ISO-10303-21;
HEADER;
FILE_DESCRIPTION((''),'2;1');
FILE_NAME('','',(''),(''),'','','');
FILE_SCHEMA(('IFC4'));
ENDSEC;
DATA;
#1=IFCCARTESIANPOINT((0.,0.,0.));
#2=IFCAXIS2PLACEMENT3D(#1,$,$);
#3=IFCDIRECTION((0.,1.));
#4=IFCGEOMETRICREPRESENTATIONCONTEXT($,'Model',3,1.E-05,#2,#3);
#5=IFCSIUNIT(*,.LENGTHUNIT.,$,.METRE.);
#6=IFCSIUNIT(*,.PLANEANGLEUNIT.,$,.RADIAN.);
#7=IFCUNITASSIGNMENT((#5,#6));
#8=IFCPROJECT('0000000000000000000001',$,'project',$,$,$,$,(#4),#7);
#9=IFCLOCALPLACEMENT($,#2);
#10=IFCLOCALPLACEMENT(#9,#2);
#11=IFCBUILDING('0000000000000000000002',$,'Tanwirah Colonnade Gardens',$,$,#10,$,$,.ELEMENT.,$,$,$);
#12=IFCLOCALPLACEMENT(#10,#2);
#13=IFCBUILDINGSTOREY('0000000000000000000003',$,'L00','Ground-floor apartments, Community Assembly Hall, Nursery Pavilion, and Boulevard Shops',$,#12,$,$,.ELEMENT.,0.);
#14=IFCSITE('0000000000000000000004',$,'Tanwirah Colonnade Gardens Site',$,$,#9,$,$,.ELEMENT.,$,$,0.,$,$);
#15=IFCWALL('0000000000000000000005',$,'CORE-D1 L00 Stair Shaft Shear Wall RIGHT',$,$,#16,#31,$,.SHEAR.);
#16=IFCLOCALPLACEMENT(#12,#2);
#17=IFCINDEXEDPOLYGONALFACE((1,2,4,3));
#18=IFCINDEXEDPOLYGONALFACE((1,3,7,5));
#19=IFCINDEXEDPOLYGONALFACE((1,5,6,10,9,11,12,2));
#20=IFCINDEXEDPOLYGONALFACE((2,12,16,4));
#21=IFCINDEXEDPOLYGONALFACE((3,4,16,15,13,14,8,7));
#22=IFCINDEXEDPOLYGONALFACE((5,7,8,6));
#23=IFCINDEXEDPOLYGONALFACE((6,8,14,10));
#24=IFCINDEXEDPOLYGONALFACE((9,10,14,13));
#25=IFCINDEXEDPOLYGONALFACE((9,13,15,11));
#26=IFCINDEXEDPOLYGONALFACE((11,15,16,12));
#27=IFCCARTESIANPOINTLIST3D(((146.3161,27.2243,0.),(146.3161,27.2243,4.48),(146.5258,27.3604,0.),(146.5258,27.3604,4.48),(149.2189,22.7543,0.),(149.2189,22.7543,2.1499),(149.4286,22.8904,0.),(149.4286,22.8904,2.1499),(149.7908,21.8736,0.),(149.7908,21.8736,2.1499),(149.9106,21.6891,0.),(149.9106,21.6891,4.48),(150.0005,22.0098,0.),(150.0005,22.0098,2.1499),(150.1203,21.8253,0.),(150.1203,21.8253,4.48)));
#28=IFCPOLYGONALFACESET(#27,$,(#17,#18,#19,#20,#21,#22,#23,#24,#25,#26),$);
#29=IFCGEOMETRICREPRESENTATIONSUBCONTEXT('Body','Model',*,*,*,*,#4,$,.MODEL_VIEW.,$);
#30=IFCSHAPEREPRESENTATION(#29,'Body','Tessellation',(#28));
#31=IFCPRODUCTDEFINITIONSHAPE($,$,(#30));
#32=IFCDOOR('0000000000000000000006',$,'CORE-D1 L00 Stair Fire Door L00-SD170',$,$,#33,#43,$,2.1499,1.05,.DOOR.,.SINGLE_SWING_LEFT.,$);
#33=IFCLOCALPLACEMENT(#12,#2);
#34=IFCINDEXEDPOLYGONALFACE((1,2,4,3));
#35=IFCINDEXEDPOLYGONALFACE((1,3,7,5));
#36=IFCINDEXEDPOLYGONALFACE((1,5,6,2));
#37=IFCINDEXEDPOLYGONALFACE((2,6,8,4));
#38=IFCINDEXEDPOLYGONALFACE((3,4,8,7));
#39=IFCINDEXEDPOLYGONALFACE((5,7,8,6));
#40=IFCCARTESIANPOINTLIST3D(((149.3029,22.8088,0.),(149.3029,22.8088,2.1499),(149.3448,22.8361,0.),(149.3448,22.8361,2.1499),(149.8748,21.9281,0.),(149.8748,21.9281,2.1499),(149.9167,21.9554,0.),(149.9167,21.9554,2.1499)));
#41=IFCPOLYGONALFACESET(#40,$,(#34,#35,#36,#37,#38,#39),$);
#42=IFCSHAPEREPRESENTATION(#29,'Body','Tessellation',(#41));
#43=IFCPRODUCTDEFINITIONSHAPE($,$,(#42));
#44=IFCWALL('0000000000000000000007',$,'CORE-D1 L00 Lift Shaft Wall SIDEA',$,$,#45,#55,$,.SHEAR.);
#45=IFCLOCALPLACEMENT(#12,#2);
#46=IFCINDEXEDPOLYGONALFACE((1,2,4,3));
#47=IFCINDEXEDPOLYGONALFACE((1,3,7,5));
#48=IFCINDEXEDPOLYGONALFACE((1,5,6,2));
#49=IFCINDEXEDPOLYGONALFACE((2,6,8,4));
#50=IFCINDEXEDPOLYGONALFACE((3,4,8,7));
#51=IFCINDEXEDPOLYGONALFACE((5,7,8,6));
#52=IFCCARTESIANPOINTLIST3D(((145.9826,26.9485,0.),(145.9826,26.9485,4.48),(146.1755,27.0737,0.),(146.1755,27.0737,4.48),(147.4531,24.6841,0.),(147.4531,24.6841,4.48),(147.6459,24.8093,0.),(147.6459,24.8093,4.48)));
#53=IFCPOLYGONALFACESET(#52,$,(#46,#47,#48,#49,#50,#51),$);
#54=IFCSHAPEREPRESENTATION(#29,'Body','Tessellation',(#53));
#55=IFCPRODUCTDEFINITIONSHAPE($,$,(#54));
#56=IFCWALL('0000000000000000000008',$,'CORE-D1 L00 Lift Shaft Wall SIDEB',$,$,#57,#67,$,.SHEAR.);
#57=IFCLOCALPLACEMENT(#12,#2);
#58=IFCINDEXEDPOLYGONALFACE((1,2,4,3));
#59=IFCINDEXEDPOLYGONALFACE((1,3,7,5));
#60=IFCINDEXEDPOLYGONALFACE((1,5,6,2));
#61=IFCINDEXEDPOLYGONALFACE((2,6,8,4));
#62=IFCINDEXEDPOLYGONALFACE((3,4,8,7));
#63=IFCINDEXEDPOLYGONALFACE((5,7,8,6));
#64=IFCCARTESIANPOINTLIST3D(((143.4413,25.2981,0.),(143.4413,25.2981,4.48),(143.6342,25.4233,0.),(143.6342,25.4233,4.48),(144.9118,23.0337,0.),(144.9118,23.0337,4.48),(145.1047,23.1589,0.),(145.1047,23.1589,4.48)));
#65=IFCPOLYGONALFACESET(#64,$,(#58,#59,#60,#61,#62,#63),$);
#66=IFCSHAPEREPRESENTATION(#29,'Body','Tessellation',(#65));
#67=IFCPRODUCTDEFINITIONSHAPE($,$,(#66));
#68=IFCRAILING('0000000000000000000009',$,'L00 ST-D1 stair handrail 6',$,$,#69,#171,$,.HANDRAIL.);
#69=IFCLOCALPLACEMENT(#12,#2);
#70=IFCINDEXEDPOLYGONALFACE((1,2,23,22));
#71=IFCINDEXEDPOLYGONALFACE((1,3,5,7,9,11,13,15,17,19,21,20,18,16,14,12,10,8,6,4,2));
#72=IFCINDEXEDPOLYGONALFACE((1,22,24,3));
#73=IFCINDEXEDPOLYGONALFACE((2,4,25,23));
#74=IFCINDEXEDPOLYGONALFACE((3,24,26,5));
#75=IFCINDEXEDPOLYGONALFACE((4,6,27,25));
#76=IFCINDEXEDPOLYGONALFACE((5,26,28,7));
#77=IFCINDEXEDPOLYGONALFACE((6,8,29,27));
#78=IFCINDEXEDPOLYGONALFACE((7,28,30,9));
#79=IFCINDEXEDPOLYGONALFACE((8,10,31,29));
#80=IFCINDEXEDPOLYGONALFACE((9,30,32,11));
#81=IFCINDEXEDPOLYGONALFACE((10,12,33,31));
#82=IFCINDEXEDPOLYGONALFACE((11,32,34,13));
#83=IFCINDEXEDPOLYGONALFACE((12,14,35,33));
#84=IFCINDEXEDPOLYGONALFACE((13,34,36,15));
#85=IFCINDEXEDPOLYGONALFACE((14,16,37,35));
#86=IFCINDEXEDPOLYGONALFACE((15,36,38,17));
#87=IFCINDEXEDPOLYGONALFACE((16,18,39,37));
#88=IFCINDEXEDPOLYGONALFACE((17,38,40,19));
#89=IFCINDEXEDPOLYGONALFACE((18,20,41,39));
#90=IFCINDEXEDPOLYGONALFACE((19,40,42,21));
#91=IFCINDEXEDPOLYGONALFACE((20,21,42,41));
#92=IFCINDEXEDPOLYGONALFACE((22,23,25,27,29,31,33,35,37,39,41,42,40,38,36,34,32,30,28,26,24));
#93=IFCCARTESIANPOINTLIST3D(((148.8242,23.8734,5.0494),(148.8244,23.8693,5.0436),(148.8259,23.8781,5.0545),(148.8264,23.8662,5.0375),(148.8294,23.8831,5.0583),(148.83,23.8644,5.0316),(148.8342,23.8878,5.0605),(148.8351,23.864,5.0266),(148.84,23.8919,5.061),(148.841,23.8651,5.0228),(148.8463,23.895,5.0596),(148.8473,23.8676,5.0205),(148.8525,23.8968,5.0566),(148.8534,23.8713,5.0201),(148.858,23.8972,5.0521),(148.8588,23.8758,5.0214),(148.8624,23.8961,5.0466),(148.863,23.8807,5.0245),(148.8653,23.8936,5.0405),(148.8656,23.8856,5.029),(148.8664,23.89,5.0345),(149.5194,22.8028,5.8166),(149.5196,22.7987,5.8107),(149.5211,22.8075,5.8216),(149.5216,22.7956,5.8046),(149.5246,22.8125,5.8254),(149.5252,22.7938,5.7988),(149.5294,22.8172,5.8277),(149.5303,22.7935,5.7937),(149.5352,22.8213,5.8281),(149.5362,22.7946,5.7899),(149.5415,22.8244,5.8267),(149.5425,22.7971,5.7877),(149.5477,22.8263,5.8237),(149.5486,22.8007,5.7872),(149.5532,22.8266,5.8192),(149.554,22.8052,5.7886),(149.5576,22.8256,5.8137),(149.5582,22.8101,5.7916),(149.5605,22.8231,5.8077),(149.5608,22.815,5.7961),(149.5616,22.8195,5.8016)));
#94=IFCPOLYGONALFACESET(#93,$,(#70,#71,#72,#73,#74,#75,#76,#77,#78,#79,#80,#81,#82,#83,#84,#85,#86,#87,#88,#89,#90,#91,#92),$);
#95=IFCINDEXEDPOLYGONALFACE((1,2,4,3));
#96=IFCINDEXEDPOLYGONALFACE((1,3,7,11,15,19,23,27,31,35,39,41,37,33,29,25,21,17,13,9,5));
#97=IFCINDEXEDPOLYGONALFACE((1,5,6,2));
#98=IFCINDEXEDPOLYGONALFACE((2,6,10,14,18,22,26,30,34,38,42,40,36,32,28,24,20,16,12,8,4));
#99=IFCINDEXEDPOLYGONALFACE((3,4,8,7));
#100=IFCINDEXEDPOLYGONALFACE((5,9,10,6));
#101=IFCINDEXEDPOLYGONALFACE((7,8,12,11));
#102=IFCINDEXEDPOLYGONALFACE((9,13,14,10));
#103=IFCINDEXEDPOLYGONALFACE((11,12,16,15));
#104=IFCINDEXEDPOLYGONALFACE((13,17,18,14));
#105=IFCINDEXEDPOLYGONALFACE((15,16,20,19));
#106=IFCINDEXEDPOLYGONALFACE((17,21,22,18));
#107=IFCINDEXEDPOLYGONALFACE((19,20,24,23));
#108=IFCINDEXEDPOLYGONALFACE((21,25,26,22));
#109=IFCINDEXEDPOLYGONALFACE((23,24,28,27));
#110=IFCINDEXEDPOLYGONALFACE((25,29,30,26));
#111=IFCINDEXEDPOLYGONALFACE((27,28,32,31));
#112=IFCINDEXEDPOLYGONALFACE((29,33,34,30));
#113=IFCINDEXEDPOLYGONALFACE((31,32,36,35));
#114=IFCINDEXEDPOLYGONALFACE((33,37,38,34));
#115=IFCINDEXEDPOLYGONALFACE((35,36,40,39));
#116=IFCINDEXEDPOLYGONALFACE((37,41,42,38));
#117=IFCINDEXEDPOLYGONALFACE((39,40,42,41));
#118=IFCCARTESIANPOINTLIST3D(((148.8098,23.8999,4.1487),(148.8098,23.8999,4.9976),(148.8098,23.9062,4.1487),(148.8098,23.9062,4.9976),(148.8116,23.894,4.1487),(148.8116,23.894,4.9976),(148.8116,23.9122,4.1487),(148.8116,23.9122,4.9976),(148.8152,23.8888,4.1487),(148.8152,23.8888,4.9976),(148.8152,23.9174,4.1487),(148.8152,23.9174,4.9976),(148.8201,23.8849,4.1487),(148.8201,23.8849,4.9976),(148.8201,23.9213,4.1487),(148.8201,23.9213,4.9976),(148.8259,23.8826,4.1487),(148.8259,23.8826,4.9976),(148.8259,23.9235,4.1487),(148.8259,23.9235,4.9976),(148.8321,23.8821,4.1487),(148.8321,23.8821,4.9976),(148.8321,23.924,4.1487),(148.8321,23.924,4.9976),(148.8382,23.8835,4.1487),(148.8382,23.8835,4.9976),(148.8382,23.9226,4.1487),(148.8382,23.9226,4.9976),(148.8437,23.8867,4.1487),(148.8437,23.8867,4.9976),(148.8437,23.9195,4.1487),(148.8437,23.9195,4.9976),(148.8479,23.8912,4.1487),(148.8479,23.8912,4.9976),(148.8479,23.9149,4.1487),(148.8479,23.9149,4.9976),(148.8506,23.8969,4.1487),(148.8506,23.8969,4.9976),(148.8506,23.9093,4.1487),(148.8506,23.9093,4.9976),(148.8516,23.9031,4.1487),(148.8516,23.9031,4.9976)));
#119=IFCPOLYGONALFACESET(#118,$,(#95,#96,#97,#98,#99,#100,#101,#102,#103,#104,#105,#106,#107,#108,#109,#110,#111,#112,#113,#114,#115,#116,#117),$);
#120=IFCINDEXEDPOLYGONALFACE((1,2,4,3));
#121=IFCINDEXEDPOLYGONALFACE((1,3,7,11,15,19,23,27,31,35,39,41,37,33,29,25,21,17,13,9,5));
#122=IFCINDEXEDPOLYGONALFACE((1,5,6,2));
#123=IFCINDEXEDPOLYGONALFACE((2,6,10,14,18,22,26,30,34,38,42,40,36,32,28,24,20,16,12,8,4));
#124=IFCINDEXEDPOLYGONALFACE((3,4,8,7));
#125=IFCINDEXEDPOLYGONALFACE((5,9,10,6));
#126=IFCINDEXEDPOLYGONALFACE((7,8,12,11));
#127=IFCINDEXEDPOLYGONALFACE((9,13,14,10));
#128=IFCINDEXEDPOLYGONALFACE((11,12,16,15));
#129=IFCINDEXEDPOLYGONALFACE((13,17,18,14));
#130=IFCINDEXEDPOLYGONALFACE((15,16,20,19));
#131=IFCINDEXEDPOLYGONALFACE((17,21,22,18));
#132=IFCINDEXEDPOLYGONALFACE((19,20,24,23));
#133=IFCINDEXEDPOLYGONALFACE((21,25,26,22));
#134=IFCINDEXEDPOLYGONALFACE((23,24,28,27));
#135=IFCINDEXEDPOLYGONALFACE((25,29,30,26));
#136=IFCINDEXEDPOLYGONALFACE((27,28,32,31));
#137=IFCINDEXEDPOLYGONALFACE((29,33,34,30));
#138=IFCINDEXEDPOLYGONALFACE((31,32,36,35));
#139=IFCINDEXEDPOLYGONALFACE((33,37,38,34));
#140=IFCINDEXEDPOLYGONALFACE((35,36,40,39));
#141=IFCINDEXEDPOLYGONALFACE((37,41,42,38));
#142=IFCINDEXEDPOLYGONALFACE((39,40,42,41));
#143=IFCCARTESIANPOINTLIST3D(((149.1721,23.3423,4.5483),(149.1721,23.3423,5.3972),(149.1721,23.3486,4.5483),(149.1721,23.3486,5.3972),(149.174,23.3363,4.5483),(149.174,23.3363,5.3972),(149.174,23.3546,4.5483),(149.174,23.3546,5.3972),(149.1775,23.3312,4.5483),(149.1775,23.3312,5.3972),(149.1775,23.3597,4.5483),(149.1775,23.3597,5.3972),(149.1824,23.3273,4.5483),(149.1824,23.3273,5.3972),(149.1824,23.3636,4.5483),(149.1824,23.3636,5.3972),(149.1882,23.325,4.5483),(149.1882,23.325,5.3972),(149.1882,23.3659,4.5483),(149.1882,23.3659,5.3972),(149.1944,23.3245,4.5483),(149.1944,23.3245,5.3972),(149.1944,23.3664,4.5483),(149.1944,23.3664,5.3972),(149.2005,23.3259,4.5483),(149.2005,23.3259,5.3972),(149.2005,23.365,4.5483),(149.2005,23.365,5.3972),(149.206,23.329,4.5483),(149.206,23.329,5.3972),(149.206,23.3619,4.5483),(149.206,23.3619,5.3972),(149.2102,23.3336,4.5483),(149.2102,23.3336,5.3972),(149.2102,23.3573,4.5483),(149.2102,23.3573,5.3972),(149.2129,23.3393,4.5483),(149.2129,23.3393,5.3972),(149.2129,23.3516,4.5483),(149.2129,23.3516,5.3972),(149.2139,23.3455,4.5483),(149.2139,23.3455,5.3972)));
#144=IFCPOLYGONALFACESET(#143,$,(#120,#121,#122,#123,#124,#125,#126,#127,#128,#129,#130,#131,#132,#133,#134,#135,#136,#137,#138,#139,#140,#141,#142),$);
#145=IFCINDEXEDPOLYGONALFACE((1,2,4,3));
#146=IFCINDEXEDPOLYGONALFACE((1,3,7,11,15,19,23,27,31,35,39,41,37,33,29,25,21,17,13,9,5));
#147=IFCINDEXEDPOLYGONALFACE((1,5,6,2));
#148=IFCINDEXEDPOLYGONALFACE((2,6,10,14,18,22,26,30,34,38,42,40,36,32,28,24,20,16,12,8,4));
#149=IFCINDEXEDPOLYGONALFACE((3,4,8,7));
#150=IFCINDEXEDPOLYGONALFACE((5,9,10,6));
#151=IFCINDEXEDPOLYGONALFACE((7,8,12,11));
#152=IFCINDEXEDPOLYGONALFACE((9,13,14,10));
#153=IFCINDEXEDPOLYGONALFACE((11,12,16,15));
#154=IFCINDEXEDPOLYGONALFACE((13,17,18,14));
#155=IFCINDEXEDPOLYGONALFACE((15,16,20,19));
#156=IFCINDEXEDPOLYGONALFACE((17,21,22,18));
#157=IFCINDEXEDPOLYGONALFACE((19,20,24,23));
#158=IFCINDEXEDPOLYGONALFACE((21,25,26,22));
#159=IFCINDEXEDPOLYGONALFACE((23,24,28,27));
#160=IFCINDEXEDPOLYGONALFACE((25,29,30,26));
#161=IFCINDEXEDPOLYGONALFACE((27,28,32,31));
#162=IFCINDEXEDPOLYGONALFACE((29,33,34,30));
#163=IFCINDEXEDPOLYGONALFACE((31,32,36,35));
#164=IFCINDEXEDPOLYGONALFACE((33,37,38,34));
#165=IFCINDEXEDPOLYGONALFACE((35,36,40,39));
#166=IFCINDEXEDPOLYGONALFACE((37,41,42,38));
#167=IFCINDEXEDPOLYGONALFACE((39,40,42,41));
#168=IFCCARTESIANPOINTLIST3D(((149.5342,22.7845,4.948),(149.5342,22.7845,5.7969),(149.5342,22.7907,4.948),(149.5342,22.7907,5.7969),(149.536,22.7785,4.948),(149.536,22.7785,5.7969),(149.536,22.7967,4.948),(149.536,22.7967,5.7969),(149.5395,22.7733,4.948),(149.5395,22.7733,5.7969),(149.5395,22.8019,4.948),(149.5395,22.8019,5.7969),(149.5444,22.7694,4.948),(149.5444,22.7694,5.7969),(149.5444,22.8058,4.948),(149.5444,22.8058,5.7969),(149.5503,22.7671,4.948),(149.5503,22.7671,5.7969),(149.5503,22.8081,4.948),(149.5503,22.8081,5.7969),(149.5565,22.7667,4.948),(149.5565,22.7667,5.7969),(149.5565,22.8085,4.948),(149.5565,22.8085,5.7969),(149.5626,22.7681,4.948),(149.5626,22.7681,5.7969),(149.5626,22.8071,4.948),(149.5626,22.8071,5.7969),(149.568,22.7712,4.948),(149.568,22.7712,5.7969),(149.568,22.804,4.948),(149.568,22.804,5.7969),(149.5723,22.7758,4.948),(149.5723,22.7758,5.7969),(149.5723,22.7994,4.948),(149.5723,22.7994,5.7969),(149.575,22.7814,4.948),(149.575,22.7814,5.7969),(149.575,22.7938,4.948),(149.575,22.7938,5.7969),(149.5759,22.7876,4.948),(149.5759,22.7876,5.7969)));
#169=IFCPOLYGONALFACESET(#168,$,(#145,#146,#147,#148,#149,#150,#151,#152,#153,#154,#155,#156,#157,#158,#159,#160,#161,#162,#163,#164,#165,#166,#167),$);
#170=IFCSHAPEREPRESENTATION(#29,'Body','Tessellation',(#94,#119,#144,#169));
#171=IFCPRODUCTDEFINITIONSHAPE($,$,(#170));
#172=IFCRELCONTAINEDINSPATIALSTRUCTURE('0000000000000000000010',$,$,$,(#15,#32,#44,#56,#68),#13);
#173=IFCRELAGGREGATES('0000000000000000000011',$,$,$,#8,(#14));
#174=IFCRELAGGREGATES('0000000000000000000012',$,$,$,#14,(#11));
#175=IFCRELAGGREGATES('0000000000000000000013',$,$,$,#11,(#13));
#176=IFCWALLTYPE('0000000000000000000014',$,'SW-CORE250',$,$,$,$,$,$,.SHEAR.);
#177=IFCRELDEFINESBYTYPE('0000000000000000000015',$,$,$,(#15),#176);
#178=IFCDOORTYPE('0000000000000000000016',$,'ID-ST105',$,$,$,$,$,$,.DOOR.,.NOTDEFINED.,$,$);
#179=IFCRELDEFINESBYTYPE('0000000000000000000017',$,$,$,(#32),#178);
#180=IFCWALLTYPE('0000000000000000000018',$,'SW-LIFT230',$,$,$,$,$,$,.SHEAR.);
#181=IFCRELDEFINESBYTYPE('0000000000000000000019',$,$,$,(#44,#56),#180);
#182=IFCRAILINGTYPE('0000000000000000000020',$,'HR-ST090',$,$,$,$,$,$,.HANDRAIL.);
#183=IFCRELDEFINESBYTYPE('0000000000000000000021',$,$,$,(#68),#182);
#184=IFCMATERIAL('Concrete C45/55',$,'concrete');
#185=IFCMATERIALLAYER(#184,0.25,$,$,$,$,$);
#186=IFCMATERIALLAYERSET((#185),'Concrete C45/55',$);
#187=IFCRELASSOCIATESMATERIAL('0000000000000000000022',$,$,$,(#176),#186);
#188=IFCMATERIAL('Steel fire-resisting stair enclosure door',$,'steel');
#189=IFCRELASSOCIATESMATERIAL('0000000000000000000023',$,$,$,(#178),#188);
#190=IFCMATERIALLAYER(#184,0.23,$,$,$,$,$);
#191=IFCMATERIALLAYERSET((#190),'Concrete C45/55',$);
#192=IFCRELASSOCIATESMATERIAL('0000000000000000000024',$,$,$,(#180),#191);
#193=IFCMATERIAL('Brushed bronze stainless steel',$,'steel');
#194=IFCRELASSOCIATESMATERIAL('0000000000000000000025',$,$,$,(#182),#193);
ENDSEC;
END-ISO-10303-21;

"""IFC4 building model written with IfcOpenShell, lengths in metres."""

from ifc_helpers import new_model, si_unit, direction, frame, frame_2d, origin, origin_2d, place, context, subcontext, project, spatial, rectangle, circle, extrude, material, layer, layer_set, type_object, element, fill, save


model = new_model("IFC4")

# Units and contexts
model_context = context("Model", 3, precision=1e-05, world=origin(), true_north=direction((0.0, 1.0)))
body_context = subcontext(model_context, "Body", "Model", "MODEL_VIEW")
ifc_project = project(units=[si_unit("LENGTHUNIT", "METRE"), si_unit("PLANEANGLEUNIT", "RADIAN")], contexts=[model_context])

# Site, building, storey
site_placement = place(None, origin())
site = spatial("IfcSite", under=ifc_project, at=site_placement, Name="Tanwirah Colonnade Gardens Site", CompositionType="ELEMENT", RefElevation=0.0)
building_placement = place(site_placement, origin())
building = spatial("IfcBuilding", under=site, at=building_placement, Name="Tanwirah Colonnade Gardens", CompositionType="ELEMENT")
storey_placement = place(building_placement, origin())
storey = spatial("IfcBuildingStorey", under=building, at=storey_placement, Name="L00", Description="Ground-floor apartments, Community Assembly Hall, Nursery Pavilion, and Boulevard Shops", CompositionType="ELEMENT", Elevation=0.0)

# Wall, opening, door
ifc_material_1 = material(Name="Concrete C45/55", Category="concrete")
ifc_layer_1 = layer(ifc_material_1, 0.25)
ifc_layer_set_1 = layer_set([ifc_layer_1], Name="Concrete C45/55")
wall_type_1 = type_object("IfcWallType", Name="SW-CORE250", PredefinedType="SHEAR", material=ifc_layer_set_1)
wall_1_placement = place(storey_placement, frame((150.0154, 21.7573, 0.0), z_axis=(0.0, 0.0, 1.0), x_axis=(-0.544629, 0.838677, 0.0)))
wall_1 = element("IfcWall", 1, at=wall_1_placement, inside=storey, type_object=wall_type_1, Name="CORE-D1 L00 Stair Shaft Shear Wall RIGHT", PredefinedType="SHEAR", context=body_context, shape_type="SweptSolid", body=[
    extrude(rectangle(XDim=6.5999, YDim=0.25, at=frame_2d((3.2998, 0.0))), origin(), (0.0, 0.0, 1.0), 4.48),
])
opening_1_placement = place(wall_1_placement, frame((0.22, 0.0, 0.0)))
opening_1 = element("IfcOpeningElement", 2, at=opening_1_placement, cuts=wall_1, PredefinedType="OPENING", context=body_context, shape_type="SweptSolid", body=[
    extrude(rectangle(XDim=1.05, YDim=2.1499, at=frame_2d((0.5249, 1.075))), frame((0.0, 0.135, 0.0), z_axis=(0.0, -1.0, 0.0), x_axis=(1.0, 0.0, 0.0)), (0.0, 0.0, 1.0), 0.27),
])
ifc_material_2 = material(Name="Steel fire-resisting stair enclosure door", Category="steel")
door_type_1 = type_object("IfcDoorType", Name="ID-ST105", OperationType="NOTDEFINED", PredefinedType="DOOR", material=ifc_material_2)
door_1_placement = place(opening_1_placement, origin())
door_1 = element("IfcDoor", 3, at=door_1_placement, inside=storey, type_object=door_type_1, Name="CORE-D1 L00 Stair Fire Door L00-SD170", OperationType="SINGLE_SWING_LEFT", OverallHeight=2.1499, OverallWidth=1.05, PredefinedType="DOOR", context=body_context, shape_type="SweptSolid", body=[
    extrude(rectangle(XDim=1.05, YDim=2.1499, at=frame_2d((0.5249, 1.075))), frame((0.0, 0.0249, 0.0), z_axis=(0.0, -1.0, 0.0), x_axis=(1.0, 0.0, 0.0)), (0.0, 0.0, 1.0), 0.05),
])
fill(opening_1, door_1)
ifc_layer_2 = layer(ifc_material_1, 0.23)
ifc_layer_set_2 = layer_set([ifc_layer_2], Name="Concrete C45/55")
wall_type_2 = type_object("IfcWallType", Name="SW-LIFT230", PredefinedType="SHEAR", material=ifc_layer_set_2)

# Walls
for number, where, z_axis, x_axis, name in (
    (4, (147.5496, 24.7466, 0.0), (0.0, 0.0, 1.0), (-0.544623, 0.838681, 0.0), "CORE-D1 L00 Lift Shaft Wall SIDEA"),
    (5, (145.0083, 23.0962, 0.0), (0.0, 0.0, 1.0), (-0.544623, 0.838681, 0.0), "CORE-D1 L00 Lift Shaft Wall SIDEB"),
):
    element("IfcWall", number, at=place(storey_placement, frame(where, z_axis=z_axis, x_axis=x_axis)), inside=storey, type_object=wall_type_2, Name=name, PredefinedType="SHEAR", context=body_context, shape_type="SweptSolid", body=[
        extrude(rectangle(XDim=2.7, YDim=0.23, at=frame_2d((1.3501, 0.0))), origin(), (0.0, 0.0, 1.0), 4.48),
    ])

# Railing
ifc_material_3 = material(Name="Brushed bronze stainless steel", Category="steel")
railing_type = type_object("IfcRailingType", Name="HR-ST090", PredefinedType="HANDRAIL", material=ifc_material_3)
railing_placement = place(storey_placement, frame((148.8306, 23.9031, 4.1487)))
element("IfcRailing", 6, at=railing_placement, inside=storey, type_object=railing_type, Name="L00 ST-D1 stair handrail 6", PredefinedType="HANDRAIL", context=body_context, shape_type="SweptSolid", body=[
    extrude(circle(Radius=0.0239, at=origin_2d()), frame((0.0146, -0.0225, 0.8918), z_axis=(0.466808, -0.718856, 0.515109), x_axis=(0.838683, 0.544621, 0.0)), (0.0, 0.0, 1.0), 1.4893),
    extrude(circle(Radius=0.021, at=origin_2d()), origin(), (0.0, 0.0, 1.0), 0.8489),
    extrude(circle(Radius=0.021, at=origin_2d()), frame((0.3623, -0.5576, 0.3997)), (0.0, 0.0, 1.0), 0.8489),
    extrude(circle(Radius=0.021, at=origin_2d()), frame((0.7244, -1.1155, 0.7993)), (0.0, 0.0, 1.0), 0.8489),
])

save(model, "model.ifc")
